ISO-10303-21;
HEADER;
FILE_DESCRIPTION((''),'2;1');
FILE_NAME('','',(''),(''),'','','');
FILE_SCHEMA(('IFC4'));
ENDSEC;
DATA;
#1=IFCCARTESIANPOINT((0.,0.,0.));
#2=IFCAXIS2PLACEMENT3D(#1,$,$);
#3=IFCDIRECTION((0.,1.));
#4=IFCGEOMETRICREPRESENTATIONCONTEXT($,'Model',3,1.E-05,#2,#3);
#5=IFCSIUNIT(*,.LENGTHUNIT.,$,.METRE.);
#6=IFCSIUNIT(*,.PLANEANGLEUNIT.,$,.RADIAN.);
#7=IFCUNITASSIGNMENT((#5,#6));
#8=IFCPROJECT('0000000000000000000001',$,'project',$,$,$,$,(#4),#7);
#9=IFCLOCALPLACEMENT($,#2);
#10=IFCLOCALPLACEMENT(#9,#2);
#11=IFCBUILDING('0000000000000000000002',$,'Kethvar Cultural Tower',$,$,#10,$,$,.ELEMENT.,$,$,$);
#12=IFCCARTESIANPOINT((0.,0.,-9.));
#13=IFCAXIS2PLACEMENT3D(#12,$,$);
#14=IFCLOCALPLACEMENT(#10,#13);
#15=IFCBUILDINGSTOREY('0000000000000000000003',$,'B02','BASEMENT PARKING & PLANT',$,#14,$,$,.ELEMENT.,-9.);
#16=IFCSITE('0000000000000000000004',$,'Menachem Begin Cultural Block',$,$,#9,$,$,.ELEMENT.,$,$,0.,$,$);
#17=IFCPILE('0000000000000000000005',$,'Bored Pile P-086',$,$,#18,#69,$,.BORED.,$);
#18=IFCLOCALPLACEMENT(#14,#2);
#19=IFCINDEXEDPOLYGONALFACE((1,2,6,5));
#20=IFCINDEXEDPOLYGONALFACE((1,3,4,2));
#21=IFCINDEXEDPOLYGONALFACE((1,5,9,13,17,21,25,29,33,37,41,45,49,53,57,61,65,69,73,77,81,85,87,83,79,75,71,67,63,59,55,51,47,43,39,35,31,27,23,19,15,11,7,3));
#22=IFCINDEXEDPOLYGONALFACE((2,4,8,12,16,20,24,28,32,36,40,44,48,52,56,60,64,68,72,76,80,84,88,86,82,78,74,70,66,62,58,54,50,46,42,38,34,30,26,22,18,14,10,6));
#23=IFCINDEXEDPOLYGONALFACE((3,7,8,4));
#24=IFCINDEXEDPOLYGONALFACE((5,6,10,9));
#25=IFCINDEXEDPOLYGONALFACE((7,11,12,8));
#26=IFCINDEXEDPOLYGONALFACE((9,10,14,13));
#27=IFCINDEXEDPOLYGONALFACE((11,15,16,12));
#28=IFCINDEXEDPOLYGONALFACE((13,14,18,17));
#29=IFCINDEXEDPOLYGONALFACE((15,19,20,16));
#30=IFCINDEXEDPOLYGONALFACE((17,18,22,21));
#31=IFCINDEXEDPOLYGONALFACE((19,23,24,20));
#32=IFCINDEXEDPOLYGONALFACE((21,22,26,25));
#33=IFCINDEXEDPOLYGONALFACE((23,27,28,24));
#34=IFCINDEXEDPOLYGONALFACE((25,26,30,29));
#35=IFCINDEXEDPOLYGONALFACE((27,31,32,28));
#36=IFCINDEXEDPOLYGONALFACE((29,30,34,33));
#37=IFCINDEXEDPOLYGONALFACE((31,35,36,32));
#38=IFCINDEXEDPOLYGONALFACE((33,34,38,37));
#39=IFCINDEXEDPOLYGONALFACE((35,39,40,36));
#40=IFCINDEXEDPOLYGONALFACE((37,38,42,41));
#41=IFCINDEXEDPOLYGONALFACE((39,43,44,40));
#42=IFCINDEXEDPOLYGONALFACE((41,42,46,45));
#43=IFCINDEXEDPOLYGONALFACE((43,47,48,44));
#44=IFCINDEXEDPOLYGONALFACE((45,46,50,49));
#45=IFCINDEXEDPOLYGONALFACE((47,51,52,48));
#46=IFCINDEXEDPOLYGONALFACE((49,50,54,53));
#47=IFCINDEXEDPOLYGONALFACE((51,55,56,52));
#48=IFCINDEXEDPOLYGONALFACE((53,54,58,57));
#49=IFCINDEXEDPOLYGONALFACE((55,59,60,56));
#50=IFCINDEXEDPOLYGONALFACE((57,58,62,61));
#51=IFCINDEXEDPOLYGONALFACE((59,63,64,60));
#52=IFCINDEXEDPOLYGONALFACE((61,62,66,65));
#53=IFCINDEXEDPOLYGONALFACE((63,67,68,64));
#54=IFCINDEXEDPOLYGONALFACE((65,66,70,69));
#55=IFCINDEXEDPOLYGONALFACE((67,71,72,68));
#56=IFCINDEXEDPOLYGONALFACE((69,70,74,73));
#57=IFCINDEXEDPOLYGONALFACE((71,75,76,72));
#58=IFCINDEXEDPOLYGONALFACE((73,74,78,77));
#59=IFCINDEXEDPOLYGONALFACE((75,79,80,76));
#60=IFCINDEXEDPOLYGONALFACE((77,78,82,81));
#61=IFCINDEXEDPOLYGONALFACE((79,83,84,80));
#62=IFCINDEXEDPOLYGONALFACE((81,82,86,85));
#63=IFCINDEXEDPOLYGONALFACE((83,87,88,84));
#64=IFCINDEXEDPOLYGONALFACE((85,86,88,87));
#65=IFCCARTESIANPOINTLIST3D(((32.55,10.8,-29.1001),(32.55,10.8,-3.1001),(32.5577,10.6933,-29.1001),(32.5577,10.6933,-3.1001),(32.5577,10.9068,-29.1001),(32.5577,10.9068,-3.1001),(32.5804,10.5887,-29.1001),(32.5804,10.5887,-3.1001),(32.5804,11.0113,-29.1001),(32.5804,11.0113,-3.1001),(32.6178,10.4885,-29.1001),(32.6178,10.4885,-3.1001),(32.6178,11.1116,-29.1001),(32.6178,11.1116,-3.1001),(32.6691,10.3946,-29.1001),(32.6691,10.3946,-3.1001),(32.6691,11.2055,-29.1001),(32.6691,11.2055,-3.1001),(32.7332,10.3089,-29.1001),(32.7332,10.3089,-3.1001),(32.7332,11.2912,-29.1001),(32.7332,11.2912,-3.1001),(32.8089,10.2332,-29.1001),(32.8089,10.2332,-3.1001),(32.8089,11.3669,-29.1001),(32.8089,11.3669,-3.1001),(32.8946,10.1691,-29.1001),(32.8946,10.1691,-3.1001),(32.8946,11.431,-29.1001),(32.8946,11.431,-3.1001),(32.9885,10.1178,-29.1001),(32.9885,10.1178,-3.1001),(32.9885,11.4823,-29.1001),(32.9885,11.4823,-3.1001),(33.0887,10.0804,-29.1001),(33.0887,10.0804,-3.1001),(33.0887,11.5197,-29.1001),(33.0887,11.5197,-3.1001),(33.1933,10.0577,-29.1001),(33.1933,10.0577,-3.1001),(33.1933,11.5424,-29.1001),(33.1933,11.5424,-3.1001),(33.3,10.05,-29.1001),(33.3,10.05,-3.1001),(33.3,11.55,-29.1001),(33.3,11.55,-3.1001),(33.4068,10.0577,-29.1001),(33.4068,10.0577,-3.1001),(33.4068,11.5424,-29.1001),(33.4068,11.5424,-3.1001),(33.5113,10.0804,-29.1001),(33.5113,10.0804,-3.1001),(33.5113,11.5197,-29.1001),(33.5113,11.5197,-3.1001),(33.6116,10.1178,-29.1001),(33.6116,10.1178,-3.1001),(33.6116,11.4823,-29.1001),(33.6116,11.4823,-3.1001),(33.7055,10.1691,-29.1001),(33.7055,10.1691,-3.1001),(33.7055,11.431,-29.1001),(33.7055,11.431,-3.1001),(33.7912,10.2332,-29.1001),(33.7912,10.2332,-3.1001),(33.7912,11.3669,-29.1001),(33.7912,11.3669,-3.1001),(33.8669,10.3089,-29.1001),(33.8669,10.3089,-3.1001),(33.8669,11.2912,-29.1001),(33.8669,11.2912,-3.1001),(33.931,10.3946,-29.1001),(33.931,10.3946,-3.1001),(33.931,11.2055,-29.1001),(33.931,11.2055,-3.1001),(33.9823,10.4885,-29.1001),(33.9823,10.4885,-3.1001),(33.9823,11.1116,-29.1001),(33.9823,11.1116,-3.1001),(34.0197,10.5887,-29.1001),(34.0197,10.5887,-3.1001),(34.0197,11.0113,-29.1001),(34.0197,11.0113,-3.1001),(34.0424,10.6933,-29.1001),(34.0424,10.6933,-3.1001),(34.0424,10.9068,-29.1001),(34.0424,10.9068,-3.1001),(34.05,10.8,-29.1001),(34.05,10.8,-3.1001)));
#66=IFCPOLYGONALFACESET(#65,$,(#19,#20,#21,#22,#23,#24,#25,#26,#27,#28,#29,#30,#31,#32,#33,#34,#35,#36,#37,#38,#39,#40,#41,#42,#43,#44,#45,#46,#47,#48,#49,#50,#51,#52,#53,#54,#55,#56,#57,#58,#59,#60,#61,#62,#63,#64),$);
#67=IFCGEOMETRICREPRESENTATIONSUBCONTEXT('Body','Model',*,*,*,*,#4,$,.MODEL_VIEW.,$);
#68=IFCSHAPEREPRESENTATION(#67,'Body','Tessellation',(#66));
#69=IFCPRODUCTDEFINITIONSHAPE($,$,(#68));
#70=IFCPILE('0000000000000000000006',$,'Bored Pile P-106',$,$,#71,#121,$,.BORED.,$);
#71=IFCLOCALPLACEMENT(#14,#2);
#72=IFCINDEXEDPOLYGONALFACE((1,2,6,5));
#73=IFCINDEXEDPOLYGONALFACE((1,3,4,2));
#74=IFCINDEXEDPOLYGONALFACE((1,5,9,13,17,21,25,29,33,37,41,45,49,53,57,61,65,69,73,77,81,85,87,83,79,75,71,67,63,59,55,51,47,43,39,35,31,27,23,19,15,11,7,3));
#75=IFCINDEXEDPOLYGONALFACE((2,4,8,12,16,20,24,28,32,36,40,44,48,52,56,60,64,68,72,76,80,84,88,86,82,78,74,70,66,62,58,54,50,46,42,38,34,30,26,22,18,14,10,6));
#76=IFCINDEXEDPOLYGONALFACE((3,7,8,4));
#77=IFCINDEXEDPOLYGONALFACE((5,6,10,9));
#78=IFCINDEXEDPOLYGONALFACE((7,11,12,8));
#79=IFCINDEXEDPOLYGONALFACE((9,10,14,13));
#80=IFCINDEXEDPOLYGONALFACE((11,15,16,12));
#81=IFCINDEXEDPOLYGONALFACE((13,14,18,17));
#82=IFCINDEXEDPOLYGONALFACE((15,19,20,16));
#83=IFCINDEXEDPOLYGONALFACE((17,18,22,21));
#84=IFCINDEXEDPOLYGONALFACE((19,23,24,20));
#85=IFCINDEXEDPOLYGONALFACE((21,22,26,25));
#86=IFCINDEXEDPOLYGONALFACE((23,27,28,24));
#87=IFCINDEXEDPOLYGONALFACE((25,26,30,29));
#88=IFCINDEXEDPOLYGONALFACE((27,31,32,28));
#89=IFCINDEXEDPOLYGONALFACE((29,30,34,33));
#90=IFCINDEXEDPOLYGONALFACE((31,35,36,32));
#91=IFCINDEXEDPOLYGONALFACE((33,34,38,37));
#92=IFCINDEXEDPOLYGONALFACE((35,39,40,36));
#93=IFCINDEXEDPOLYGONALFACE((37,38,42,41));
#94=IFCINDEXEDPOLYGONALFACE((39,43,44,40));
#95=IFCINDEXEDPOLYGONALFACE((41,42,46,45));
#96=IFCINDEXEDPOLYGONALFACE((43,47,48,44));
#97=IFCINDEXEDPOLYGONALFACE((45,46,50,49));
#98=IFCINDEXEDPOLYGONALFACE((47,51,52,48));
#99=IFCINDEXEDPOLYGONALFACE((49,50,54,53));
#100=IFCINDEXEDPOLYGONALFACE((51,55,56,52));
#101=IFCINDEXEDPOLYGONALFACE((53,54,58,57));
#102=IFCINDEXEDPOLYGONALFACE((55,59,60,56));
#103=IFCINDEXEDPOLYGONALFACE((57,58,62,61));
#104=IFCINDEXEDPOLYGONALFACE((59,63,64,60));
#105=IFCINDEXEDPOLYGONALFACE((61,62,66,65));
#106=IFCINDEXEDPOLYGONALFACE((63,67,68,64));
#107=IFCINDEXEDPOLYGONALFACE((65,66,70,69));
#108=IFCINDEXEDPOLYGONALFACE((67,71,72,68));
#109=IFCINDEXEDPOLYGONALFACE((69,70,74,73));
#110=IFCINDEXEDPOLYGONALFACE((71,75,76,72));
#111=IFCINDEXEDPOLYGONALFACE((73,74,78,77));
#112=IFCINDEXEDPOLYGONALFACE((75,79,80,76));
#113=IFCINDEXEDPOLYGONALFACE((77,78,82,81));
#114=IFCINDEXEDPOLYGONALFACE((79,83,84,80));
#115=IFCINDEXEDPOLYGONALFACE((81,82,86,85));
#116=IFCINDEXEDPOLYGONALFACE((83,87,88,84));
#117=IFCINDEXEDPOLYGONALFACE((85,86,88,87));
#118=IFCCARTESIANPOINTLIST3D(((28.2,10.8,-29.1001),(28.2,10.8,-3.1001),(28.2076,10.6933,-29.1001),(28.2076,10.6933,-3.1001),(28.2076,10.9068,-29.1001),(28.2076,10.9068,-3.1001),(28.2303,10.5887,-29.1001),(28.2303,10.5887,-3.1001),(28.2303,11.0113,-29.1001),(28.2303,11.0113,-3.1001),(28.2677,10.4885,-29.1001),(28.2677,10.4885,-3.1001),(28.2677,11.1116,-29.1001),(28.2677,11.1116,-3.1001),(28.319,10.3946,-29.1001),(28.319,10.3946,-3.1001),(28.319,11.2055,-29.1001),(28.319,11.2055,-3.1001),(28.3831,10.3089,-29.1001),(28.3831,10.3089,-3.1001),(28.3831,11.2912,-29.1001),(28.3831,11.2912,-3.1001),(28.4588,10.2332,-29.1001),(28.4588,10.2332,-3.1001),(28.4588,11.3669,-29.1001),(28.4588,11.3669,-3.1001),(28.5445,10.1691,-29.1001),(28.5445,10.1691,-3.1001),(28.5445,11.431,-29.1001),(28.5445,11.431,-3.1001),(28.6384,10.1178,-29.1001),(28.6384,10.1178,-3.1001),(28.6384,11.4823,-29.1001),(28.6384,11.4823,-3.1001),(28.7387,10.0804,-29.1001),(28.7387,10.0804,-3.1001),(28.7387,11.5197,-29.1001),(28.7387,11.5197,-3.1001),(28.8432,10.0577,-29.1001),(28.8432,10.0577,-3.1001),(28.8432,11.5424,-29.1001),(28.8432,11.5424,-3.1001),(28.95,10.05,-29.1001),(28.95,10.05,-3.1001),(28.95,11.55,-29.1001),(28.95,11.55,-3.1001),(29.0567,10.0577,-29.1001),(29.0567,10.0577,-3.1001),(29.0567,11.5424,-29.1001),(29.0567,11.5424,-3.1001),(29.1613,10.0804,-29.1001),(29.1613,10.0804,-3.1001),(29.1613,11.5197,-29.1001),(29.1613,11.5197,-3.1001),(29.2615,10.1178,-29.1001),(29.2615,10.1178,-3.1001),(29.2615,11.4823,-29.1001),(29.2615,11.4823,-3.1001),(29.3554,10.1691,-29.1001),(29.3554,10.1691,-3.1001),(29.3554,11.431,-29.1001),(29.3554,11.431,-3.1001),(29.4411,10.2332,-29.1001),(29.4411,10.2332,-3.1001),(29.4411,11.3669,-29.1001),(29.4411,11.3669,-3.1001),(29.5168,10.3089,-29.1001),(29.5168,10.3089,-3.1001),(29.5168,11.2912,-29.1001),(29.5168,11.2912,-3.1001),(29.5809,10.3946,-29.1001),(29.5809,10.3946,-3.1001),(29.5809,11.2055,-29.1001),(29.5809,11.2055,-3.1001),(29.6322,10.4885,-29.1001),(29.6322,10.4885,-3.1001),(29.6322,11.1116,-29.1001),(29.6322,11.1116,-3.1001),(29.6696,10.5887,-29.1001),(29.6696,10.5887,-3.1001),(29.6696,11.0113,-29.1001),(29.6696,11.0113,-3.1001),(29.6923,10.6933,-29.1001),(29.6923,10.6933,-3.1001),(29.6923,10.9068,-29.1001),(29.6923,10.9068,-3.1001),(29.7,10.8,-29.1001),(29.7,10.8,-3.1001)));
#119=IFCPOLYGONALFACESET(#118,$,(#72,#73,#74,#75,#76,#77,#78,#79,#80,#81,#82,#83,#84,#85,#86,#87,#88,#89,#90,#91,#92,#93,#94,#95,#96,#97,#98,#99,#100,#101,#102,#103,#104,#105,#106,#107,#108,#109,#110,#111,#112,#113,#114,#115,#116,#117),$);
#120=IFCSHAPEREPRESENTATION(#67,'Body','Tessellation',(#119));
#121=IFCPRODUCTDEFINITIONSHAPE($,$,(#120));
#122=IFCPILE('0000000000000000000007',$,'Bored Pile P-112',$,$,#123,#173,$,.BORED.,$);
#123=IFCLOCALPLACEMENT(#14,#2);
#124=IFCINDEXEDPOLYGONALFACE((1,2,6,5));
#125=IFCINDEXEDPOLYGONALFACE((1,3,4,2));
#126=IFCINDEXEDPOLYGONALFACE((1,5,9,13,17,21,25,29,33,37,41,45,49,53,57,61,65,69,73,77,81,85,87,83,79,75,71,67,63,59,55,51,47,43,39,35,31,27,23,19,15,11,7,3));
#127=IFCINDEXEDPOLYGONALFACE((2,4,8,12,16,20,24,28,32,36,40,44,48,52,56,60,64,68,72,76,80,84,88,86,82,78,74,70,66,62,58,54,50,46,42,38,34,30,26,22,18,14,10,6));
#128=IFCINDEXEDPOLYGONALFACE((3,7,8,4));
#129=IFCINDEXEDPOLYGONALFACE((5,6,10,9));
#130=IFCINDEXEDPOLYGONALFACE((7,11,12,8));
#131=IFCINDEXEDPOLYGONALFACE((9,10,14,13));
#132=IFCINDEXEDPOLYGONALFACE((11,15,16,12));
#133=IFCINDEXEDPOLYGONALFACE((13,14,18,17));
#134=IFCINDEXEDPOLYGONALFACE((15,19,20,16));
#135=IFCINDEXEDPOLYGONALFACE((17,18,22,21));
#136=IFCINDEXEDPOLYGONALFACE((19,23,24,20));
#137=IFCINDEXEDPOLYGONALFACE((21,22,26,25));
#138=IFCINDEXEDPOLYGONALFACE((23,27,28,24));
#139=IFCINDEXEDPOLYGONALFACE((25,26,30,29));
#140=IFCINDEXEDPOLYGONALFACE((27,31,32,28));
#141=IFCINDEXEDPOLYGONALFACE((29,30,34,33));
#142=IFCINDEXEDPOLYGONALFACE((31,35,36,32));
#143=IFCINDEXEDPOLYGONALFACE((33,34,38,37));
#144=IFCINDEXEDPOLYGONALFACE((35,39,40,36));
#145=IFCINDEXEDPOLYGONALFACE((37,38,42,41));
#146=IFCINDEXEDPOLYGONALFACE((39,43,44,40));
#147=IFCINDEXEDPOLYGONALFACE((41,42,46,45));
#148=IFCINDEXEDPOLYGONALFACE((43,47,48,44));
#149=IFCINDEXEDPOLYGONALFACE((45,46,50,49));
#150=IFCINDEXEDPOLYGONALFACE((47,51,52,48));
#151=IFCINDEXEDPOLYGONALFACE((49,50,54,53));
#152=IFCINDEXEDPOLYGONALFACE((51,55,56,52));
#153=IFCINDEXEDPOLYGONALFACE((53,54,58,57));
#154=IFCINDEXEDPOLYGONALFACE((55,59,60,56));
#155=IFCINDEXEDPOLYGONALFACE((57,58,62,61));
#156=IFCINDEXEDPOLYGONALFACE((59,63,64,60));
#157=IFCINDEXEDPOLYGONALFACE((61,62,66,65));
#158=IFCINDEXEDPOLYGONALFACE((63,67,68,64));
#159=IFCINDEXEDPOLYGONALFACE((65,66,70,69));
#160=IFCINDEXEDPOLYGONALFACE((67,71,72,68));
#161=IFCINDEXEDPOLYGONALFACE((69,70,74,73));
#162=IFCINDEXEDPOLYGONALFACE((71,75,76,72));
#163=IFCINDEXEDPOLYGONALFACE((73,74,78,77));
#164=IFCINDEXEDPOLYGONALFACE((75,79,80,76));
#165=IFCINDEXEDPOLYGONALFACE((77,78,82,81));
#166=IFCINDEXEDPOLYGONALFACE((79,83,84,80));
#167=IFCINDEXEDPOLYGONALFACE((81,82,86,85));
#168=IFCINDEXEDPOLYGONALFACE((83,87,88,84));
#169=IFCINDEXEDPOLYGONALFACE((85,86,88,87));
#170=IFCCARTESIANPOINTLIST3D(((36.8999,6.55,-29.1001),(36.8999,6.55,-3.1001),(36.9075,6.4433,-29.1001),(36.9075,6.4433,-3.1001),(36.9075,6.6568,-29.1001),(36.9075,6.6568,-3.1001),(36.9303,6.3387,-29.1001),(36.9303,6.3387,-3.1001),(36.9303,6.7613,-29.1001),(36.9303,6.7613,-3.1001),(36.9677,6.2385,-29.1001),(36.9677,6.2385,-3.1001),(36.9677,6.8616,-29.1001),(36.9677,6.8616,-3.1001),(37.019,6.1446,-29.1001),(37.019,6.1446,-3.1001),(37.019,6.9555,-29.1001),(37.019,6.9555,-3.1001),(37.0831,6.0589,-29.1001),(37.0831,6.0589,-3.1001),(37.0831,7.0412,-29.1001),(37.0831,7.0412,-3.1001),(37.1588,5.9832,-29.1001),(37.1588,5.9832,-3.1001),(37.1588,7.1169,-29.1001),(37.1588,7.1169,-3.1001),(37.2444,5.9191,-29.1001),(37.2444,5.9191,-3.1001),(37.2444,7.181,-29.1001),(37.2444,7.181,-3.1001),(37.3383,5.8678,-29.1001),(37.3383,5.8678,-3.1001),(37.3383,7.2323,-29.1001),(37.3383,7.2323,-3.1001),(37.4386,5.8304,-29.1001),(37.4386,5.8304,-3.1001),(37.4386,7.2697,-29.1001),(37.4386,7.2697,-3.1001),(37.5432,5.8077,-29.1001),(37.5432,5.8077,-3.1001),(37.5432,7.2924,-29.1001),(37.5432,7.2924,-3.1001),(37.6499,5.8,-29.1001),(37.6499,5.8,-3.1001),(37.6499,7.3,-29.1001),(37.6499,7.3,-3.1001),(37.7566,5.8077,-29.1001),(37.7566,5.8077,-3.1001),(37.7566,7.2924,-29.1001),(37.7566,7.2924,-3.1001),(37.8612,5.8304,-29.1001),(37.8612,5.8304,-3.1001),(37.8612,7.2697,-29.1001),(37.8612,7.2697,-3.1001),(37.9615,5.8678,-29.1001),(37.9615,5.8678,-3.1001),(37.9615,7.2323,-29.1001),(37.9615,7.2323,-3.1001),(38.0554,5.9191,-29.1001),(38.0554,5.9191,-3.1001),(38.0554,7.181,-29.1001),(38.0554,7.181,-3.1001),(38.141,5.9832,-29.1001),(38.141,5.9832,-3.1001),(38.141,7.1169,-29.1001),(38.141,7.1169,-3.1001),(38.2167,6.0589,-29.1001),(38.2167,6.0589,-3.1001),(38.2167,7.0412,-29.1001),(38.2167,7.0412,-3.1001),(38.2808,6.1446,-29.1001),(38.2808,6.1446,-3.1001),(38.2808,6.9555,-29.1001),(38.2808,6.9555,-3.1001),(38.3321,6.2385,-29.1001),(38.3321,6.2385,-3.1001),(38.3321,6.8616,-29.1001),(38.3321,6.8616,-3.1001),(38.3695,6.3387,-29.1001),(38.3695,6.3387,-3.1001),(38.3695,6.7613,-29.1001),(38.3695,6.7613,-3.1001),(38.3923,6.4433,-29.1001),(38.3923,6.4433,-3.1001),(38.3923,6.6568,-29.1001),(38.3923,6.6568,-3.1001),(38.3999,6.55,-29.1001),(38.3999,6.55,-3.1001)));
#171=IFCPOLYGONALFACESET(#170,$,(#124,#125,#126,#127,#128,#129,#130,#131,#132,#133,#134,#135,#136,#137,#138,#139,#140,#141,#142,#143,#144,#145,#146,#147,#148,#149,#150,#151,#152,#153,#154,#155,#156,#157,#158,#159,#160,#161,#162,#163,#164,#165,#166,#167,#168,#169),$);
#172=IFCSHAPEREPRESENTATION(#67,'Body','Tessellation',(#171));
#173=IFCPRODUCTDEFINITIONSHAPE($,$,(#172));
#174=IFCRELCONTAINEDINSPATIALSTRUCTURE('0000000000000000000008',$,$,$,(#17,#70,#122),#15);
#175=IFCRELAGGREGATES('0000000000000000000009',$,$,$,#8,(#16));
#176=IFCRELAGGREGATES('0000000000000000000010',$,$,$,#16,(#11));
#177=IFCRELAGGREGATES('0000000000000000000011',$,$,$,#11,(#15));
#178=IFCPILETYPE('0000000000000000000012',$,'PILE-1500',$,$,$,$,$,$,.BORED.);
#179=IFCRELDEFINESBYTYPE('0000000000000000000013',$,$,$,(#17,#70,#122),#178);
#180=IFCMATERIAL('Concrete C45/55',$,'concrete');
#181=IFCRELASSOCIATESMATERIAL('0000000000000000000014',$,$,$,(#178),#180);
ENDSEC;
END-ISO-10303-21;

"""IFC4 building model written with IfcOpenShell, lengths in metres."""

from ifc_helpers import new_model, si_unit, direction, frame, origin, origin_2d, place, context, subcontext, project, spatial, circle, extrude, source, transform, mapped, material, material_profile, profile_set, type_object, element, save


model = new_model("IFC4")

# Units and contexts
model_context = context("Model", 3, precision=1e-05, world=origin(), true_north=direction((0.0, 1.0)))
body_context = subcontext(model_context, "Body", "Model", "MODEL_VIEW")
ifc_project = project(units=[si_unit("LENGTHUNIT", "METRE"), si_unit("PLANEANGLEUNIT", "RADIAN")], contexts=[model_context])

# Site, building, storey
site_placement = place(None, origin())
site = spatial("IfcSite", under=ifc_project, at=site_placement, Name="Menachem Begin Cultural Block", CompositionType="ELEMENT", RefElevation=0.0)
building_placement = place(site_placement, origin())
building = spatial("IfcBuilding", under=site, at=building_placement, Name="Kethvar Cultural Tower", CompositionType="ELEMENT")
storey_placement = place(building_placement, frame((0.0, 0.0, -9.0)))
storey = spatial("IfcBuildingStorey", under=building, at=storey_placement, Name="B02", Description="BASEMENT PARKING & PLANT", CompositionType="ELEMENT", Elevation=-9.0)

# Piles
ifc_material_1 = material(Name="Concrete C45/55", Category="concrete")
ifc_material_profile_1 = material_profile(ifc_material_1, circle(Radius=0.75, at=origin_2d()), Name="Concrete C45/55 — PILE1500")
ifc_profile_set_1 = profile_set([ifc_material_profile_1], Name="Concrete C45/55 — PILE1500")
pile_type = type_object("IfcPileType", Name="PILE-1500", PredefinedType="BORED", material=ifc_profile_set_1)
shared_shape_1 = source(origin(), body_context, "Body", "SweptSolid", [
    extrude(circle(Radius=0.75, at=origin_2d()), origin(), (0.0, 0.0, 1.0), 26.0),
])
for number, where, z_axis, x_axis, name in (
    (1, (33.3, 10.8, -3.1001), (0.0, 0.0, -1.0), (1.0, 0.0, 0.0), "Bored Pile P-086"),
    (2, (28.95, 10.8, -3.1001), (0.0, 0.0, -1.0), (1.0, 0.0, 0.0), "Bored Pile P-106"),
    (3, (37.6499, 6.55, -3.1001), (0.0, 0.0, -1.0), (1.0, 0.0, 0.0), "Bored Pile P-112"),
):
    element("IfcPile", number, at=place(storey_placement, frame(where, z_axis=z_axis, x_axis=x_axis)), inside=storey, type_object=pile_type, Name=name, PredefinedType="BORED", context=body_context, shape_type="MappedRepresentation", body=[
        mapped(shared_shape_1, transform((0.0, 0.0, 0.0), scale=1.0)),
    ])

save(model, "model.ifc")
